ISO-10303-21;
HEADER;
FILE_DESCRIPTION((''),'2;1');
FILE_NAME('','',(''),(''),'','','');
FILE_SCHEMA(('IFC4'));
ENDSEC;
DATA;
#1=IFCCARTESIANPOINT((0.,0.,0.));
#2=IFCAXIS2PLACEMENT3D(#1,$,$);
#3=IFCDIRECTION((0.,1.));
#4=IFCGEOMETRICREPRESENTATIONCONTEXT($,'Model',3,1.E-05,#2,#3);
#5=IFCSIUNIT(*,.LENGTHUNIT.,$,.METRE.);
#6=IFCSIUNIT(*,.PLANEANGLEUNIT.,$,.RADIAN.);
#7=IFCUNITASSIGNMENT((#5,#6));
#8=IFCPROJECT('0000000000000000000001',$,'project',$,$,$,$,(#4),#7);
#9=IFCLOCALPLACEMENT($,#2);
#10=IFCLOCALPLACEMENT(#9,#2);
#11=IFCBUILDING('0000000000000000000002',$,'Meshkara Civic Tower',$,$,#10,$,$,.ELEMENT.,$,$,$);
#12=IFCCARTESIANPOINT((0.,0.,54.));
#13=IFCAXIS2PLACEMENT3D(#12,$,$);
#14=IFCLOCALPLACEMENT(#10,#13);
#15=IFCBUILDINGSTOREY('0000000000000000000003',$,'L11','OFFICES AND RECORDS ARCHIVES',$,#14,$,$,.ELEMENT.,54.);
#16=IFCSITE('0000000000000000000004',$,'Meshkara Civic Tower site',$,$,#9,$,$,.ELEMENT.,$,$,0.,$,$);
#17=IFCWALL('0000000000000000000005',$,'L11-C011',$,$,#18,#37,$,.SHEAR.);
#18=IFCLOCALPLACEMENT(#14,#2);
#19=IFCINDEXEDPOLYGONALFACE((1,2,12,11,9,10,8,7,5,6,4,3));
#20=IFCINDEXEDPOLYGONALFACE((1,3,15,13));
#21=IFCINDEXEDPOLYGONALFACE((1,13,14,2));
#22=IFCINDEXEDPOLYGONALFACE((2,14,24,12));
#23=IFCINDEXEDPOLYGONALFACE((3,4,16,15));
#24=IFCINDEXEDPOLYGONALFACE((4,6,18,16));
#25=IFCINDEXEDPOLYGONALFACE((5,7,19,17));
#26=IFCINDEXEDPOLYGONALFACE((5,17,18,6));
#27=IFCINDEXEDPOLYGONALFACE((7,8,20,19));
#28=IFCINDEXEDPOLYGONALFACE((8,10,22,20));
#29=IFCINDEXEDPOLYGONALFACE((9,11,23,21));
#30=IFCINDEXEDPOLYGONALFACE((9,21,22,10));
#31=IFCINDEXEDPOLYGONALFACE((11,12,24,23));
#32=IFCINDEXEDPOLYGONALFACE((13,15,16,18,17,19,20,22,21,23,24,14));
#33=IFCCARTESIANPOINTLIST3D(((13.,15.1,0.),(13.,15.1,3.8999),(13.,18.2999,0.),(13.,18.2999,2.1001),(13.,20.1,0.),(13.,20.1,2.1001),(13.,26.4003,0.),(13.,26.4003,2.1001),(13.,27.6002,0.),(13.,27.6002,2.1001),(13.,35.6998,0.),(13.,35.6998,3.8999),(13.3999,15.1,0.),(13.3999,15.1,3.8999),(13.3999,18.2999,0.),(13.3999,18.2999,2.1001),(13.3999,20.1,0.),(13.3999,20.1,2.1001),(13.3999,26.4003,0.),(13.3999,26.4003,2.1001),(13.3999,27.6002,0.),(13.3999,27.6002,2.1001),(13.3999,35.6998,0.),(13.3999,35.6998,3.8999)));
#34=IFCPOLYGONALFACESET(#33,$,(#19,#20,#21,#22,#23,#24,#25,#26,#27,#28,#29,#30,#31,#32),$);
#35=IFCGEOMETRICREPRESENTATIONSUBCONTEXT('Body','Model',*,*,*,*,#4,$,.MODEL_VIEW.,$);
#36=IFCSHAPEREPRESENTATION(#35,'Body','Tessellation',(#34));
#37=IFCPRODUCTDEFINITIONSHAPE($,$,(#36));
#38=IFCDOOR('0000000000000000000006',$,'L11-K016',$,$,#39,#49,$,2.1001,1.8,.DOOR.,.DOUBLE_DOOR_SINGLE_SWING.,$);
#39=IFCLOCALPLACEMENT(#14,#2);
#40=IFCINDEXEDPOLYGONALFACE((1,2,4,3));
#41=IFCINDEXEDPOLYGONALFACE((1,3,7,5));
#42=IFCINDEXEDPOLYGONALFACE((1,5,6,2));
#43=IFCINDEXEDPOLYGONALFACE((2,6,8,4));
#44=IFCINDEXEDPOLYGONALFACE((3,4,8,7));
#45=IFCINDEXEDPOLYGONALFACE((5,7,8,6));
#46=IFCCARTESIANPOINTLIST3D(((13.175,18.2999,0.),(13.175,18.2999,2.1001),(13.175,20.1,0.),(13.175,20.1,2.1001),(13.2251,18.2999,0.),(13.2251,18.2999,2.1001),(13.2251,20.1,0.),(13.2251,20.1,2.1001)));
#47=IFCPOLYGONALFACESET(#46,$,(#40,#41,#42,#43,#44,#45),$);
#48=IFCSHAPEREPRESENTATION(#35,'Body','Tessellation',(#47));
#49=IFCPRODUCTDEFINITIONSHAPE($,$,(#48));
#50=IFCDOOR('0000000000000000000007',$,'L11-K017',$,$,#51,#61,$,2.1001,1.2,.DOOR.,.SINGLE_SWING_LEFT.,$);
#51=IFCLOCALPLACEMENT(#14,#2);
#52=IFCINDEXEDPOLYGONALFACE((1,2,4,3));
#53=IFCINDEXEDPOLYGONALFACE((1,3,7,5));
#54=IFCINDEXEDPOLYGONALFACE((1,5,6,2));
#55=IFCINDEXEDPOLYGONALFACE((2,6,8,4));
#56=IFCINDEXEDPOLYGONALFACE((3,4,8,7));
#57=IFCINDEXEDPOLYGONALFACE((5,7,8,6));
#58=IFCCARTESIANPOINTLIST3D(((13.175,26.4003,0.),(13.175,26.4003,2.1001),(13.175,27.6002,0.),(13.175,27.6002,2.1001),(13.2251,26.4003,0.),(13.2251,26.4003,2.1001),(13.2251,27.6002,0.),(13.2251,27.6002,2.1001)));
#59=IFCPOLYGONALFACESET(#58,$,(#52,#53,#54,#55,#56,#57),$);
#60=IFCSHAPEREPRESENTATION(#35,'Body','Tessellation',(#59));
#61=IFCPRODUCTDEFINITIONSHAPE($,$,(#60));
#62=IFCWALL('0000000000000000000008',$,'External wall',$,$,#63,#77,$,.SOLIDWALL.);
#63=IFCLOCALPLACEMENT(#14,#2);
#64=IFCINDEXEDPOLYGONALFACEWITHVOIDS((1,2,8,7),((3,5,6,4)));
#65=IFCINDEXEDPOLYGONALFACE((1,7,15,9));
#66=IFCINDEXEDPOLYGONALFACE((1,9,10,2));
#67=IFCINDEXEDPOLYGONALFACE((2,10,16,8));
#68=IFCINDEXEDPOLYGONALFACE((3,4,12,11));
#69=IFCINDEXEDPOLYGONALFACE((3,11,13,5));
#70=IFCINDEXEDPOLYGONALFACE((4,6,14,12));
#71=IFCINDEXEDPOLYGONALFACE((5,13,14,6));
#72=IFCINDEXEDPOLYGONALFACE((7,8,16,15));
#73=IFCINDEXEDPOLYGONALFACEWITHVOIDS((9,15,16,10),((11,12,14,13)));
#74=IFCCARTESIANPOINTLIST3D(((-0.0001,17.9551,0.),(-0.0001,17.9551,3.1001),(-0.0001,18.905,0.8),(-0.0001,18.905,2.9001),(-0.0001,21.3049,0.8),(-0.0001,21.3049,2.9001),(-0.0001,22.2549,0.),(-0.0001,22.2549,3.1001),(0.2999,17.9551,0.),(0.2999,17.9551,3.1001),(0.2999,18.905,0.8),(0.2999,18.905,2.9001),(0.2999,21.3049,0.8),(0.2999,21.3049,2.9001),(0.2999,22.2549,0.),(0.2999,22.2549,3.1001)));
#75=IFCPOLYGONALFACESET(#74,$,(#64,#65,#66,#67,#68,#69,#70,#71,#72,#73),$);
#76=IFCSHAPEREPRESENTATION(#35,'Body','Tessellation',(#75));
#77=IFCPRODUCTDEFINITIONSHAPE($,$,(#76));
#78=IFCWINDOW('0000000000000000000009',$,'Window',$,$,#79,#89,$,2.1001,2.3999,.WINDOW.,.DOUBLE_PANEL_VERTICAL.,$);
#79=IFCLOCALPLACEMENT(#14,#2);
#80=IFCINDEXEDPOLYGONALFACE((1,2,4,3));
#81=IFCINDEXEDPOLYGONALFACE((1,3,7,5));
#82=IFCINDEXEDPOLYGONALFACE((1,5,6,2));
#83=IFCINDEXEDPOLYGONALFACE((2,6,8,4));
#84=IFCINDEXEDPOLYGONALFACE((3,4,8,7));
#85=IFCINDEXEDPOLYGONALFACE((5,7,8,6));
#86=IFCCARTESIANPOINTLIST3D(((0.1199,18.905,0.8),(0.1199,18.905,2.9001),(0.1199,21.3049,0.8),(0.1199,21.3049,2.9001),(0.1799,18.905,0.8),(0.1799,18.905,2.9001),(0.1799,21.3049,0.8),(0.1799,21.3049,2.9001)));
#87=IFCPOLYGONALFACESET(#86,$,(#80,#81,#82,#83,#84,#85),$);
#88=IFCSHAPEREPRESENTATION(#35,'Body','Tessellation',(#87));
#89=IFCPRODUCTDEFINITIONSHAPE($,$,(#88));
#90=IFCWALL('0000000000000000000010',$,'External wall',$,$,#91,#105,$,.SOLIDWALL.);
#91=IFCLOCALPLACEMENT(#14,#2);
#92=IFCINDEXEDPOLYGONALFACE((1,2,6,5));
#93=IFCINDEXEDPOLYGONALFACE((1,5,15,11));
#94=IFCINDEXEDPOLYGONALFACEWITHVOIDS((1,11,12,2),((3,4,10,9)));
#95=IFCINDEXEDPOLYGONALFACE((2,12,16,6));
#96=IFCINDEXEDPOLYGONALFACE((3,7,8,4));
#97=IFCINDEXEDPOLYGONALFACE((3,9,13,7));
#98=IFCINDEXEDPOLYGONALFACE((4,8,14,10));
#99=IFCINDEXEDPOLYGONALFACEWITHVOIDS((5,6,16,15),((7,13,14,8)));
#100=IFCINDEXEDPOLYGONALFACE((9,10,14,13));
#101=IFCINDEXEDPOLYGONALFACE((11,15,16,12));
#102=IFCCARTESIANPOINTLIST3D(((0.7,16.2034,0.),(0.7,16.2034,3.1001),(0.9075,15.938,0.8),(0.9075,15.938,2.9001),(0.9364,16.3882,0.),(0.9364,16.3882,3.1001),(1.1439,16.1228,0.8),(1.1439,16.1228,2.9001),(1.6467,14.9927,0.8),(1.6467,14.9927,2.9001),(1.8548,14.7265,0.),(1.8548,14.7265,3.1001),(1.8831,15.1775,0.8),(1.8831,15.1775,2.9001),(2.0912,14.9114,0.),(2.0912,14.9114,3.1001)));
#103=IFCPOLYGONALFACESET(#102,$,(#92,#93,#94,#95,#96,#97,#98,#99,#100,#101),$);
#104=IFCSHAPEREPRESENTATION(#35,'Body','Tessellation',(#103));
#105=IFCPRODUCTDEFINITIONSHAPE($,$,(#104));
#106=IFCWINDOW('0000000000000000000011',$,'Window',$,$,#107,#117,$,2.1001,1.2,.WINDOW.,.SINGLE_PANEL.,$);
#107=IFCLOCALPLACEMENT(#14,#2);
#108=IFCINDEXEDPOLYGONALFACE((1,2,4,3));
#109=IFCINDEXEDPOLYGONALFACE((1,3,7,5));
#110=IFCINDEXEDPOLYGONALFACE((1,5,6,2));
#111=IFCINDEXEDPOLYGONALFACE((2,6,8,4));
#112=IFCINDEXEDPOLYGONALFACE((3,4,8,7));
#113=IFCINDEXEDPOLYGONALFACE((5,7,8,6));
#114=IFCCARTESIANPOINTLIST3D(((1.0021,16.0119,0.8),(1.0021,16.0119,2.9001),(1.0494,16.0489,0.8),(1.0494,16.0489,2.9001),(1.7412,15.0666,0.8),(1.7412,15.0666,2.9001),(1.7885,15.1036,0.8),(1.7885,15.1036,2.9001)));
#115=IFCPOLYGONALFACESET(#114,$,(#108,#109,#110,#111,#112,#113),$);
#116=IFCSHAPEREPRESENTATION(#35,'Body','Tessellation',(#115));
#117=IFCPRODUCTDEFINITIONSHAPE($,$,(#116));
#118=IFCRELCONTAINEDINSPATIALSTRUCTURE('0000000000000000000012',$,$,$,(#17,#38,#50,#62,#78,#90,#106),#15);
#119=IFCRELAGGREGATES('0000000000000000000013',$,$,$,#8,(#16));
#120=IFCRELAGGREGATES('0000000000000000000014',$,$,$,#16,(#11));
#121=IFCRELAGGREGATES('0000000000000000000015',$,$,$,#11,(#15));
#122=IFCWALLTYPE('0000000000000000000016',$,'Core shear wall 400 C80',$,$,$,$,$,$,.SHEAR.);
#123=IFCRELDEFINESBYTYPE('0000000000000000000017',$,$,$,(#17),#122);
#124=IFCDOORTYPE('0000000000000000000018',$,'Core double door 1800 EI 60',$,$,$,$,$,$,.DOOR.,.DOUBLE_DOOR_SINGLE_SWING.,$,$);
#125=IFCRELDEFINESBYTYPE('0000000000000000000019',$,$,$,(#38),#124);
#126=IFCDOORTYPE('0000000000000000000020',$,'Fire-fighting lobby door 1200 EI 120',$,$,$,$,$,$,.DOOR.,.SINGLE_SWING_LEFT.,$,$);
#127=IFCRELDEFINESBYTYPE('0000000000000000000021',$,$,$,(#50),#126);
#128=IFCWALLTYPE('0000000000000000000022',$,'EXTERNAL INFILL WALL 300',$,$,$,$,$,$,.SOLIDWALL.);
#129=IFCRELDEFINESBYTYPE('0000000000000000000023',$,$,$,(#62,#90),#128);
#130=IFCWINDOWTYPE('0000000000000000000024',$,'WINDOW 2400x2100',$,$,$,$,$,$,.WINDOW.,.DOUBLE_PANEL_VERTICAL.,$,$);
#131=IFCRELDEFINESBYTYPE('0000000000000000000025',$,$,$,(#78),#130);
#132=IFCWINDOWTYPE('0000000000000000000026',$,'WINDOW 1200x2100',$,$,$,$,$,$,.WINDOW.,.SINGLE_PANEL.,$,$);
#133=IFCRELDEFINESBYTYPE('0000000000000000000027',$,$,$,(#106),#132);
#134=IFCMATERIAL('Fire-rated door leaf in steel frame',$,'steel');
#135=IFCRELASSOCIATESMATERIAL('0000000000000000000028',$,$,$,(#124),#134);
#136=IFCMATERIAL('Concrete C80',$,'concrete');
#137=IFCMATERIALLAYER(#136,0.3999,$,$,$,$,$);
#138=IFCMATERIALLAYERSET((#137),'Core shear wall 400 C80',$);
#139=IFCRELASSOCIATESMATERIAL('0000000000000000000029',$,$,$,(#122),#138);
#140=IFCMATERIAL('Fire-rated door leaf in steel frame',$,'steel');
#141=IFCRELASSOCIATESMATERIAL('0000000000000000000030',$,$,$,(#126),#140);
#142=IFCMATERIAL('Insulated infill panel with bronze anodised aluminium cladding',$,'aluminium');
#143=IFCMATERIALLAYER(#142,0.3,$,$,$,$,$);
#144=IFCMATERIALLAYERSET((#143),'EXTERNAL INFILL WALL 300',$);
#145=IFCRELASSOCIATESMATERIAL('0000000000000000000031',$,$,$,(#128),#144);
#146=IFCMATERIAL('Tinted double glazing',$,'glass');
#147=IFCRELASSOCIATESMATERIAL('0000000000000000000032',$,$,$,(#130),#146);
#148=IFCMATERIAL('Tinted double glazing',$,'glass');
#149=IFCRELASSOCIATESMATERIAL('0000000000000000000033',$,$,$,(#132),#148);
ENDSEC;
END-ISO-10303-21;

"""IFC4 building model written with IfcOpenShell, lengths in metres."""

from ifc_helpers import new_model, si_unit, direction, frame, frame_2d, origin, place, context, subcontext, project, spatial, rectangle, extrude, material, layer, layer_set, type_object, element, fill, save


model = new_model("IFC4")

# Units and contexts
model_context = context("Model", 3, precision=1e-05, world=origin(), true_north=direction((0.0, 1.0)))
body_context = subcontext(model_context, "Body", "Model", "MODEL_VIEW")
ifc_project = project(units=[si_unit("LENGTHUNIT", "METRE"), si_unit("PLANEANGLEUNIT", "RADIAN")], contexts=[model_context])

# Site, building, storey
site_placement = place(None, origin())
site = spatial("IfcSite", under=ifc_project, at=site_placement, Name="Meshkara Civic Tower site", CompositionType="ELEMENT", RefElevation=0.0)
building_placement = place(site_placement, origin())
building = spatial("IfcBuilding", under=site, at=building_placement, Name="Meshkara Civic Tower", CompositionType="ELEMENT")
storey_placement = place(building_placement, frame((0.0, 0.0, 54.0)))
storey = spatial("IfcBuildingStorey", under=building, at=storey_placement, Name="L11", Description="OFFICES AND RECORDS ARCHIVES", CompositionType="ELEMENT", Elevation=54.0)

# Shared definitions
ifc_material_1 = material(Name="Fire-rated door leaf in steel frame", Category="steel")
door_type_1 = type_object("IfcDoorType", Name="Core double door 1800 EI 60", OperationType="DOUBLE_DOOR_SINGLE_SWING", PredefinedType="DOOR", material=ifc_material_1)

# Wall, openings, doors
ifc_material_2 = material(Name="Concrete C80", Category="concrete")
ifc_layer_1 = layer(ifc_material_2, 0.3999)
ifc_layer_set_1 = layer_set([ifc_layer_1], Name="Core shear wall 400 C80")
wall_type_1 = type_object("IfcWallType", Name="Core shear wall 400 C80", PredefinedType="SHEAR", material=ifc_layer_set_1)
wall_1_placement = place(storey_placement, frame((13.2, 15.1001, 0.0), z_axis=(0.0, 0.0, 1.0), x_axis=(0.0, 1.0, 0.0)))
wall_1 = element("IfcWall", 1, at=wall_1_placement, inside=storey, type_object=wall_type_1, Name="L11-C011", PredefinedType="SHEAR", context=body_context, shape_type="SweptSolid", body=[
    extrude(rectangle(XDim=20.5999, YDim=0.3999, at=frame_2d((10.2998, 0.0))), origin(), (0.0, 0.0, 1.0), 3.8999),
])
opening_1_placement = place(wall_1_placement, frame((3.2, 0.0, 0.0)))
opening_1 = element("IfcOpeningElement", 2, at=opening_1_placement, cuts=wall_1, PredefinedType="OPENING", context=body_context, shape_type="SweptSolid", body=[
    extrude(rectangle(XDim=1.8, YDim=2.1001, at=frame_2d((0.8999, 1.05))), frame((0.0, 0.21, 0.0), z_axis=(0.0, -1.0, 0.0), x_axis=(1.0, 0.0, 0.0)), (0.0, 0.0, 1.0), 0.4199),
])
opening_2_placement = place(wall_1_placement, frame((11.3, 0.0, 0.0)))
opening_2 = element("IfcOpeningElement", 3, at=opening_2_placement, cuts=wall_1, PredefinedType="OPENING", context=body_context, shape_type="SweptSolid", body=[
    extrude(rectangle(XDim=1.2, YDim=2.1001, at=frame_2d((0.6001, 1.05))), frame((0.0, 0.21, 0.0), z_axis=(0.0, -1.0, 0.0), x_axis=(1.0, 0.0, 0.0)), (0.0, 0.0, 1.0), 0.4199),
])
door_1_placement = place(opening_1_placement, origin())
door_1 = element("IfcDoor", 4, at=door_1_placement, inside=storey, type_object=door_type_1, Name="L11-K016", OperationType="DOUBLE_DOOR_SINGLE_SWING", OverallHeight=2.1001, OverallWidth=1.8, PredefinedType="DOOR", context=body_context, shape_type="SweptSolid", body=[
    extrude(rectangle(XDim=1.8, YDim=2.1001, at=frame_2d((0.8999, 1.05))), frame((0.0, 0.0249, 0.0), z_axis=(0.0, -1.0, 0.0), x_axis=(1.0, 0.0, 0.0)), (0.0, 0.0, 1.0), 0.05),
])
fill(opening_1, door_1)
ifc_material_3 = material(Name="Fire-rated door leaf in steel frame", Category="steel")
door_type_2 = type_object("IfcDoorType", Name="Fire-fighting lobby door 1200 EI 120", OperationType="SINGLE_SWING_LEFT", PredefinedType="DOOR", material=ifc_material_3)
door_2_placement = place(opening_2_placement, origin())
door_2 = element("IfcDoor", 5, at=door_2_placement, inside=storey, type_object=door_type_2, Name="L11-K017", OperationType="SINGLE_SWING_LEFT", OverallHeight=2.1001, OverallWidth=1.2, PredefinedType="DOOR", context=body_context, shape_type="SweptSolid", body=[
    extrude(rectangle(XDim=1.2, YDim=2.1001, at=frame_2d((0.6001, 1.05))), frame((0.0, 0.0249, 0.0), z_axis=(0.0, -1.0, 0.0), x_axis=(1.0, 0.0, 0.0)), (0.0, 0.0, 1.0), 0.05),
])
fill(opening_2, door_2)

# Walls, openings, windows
ifc_material_4 = material(Name="Insulated infill panel with bronze anodised aluminium cladding", Category="aluminium")
ifc_layer_2 = layer(ifc_material_4, 0.3)
ifc_layer_set_2 = layer_set([ifc_layer_2], Name="EXTERNAL INFILL WALL 300")
wall_type_2 = type_object("IfcWallType", Name="EXTERNAL INFILL WALL 300", PredefinedType="SOLIDWALL", material=ifc_layer_set_2)
wall_2_placement = place(storey_placement, frame((0.1499, 22.2549, 0.0), z_axis=(0.0, 0.0, 1.0), x_axis=(0.0, -1.0, 0.0)))
wall_2 = element("IfcWall", 6, at=wall_2_placement, inside=storey, type_object=wall_type_2, Name="External wall", PredefinedType="SOLIDWALL", context=body_context, shape_type="SweptSolid", body=[
    extrude(rectangle(XDim=4.2998, YDim=0.3, at=frame_2d((2.1499, 0.0))), origin(), (0.0, 0.0, 1.0), 3.1001),
])
opening_3_placement = place(wall_2_placement, frame((0.95, 0.0, 0.8)))
opening_3 = element("IfcOpeningElement", 7, at=opening_3_placement, cuts=wall_2, PredefinedType="OPENING", context=body_context, shape_type="SweptSolid", body=[
    extrude(rectangle(XDim=2.3999, YDim=2.1001, at=frame_2d((1.2, 1.05))), frame((0.0, 0.1599, 0.0), z_axis=(0.0, -1.0, 0.0), x_axis=(1.0, 0.0, 0.0)), (0.0, 0.0, 1.0), 0.3201),
])
ifc_material_5 = material(Name="Tinted double glazing", Category="glass")
window_type_1 = type_object("IfcWindowType", Name="WINDOW 2400x2100", PartitioningType="DOUBLE_PANEL_VERTICAL", PredefinedType="WINDOW", material=ifc_material_5)
window_1_placement = place(opening_3_placement, origin())
window_1 = element("IfcWindow", 8, at=window_1_placement, inside=storey, type_object=window_type_1, Name="Window", OverallHeight=2.1001, OverallWidth=2.3999, PartitioningType="DOUBLE_PANEL_VERTICAL", PredefinedType="WINDOW", context=body_context, shape_type="SweptSolid", body=[
    extrude(rectangle(XDim=2.3999, YDim=2.1001, at=frame_2d((1.2, 1.05))), frame((0.0, 0.03, 0.0), z_axis=(0.0, -1.0, 0.0), x_axis=(1.0, 0.0, 0.0)), (0.0, 0.0, 1.0), 0.0601),
])
fill(opening_3, window_1)
wall_3_placement = place(storey_placement, frame((0.8181, 16.2959, 0.0), z_axis=(0.0, 0.0, 1.0), x_axis=(0.615985, -0.787758, 0.0)))
wall_3 = element("IfcWall", 9, at=wall_3_placement, inside=storey, type_object=wall_type_2, Name="External wall", PredefinedType="SOLIDWALL", context=body_context, shape_type="SweptSolid", body=[
    extrude(rectangle(XDim=1.8748, YDim=0.3, at=frame_2d((0.9375, 0.0))), origin(), (0.0, 0.0, 1.0), 3.1001),
])
opening_4_placement = place(wall_3_placement, frame((0.3369, 0.0, 0.8)))
opening_4 = element("IfcOpeningElement", 10, at=opening_4_placement, cuts=wall_3, PredefinedType="OPENING", context=body_context, shape_type="SweptSolid", body=[
    extrude(rectangle(XDim=1.2, YDim=2.1001, at=frame_2d((0.6001, 1.05))), frame((0.0, 0.1599, 0.0), z_axis=(0.0, -1.0, 0.0), x_axis=(1.0, 0.0, 0.0)), (0.0, 0.0, 1.0), 0.3201),
])
ifc_material_6 = material(Name="Tinted double glazing", Category="glass")
window_type_2 = type_object("IfcWindowType", Name="WINDOW 1200x2100", PartitioningType="SINGLE_PANEL", PredefinedType="WINDOW", material=ifc_material_6)
window_2_placement = place(opening_4_placement, origin())
window_2 = element("IfcWindow", 11, at=window_2_placement, inside=storey, type_object=window_type_2, Name="Window", OverallHeight=2.1001, OverallWidth=1.2, PartitioningType="SINGLE_PANEL", PredefinedType="WINDOW", context=body_context, shape_type="SweptSolid", body=[
    extrude(rectangle(XDim=1.2, YDim=2.1001, at=frame_2d((0.6001, 1.05))), frame((0.0, 0.03, 0.0), z_axis=(0.0, -1.0, 0.0), x_axis=(1.0, 0.0, 0.0)), (0.0, 0.0, 1.0), 0.0601),
])
fill(opening_4, window_2)

save(model, "model.ifc")
